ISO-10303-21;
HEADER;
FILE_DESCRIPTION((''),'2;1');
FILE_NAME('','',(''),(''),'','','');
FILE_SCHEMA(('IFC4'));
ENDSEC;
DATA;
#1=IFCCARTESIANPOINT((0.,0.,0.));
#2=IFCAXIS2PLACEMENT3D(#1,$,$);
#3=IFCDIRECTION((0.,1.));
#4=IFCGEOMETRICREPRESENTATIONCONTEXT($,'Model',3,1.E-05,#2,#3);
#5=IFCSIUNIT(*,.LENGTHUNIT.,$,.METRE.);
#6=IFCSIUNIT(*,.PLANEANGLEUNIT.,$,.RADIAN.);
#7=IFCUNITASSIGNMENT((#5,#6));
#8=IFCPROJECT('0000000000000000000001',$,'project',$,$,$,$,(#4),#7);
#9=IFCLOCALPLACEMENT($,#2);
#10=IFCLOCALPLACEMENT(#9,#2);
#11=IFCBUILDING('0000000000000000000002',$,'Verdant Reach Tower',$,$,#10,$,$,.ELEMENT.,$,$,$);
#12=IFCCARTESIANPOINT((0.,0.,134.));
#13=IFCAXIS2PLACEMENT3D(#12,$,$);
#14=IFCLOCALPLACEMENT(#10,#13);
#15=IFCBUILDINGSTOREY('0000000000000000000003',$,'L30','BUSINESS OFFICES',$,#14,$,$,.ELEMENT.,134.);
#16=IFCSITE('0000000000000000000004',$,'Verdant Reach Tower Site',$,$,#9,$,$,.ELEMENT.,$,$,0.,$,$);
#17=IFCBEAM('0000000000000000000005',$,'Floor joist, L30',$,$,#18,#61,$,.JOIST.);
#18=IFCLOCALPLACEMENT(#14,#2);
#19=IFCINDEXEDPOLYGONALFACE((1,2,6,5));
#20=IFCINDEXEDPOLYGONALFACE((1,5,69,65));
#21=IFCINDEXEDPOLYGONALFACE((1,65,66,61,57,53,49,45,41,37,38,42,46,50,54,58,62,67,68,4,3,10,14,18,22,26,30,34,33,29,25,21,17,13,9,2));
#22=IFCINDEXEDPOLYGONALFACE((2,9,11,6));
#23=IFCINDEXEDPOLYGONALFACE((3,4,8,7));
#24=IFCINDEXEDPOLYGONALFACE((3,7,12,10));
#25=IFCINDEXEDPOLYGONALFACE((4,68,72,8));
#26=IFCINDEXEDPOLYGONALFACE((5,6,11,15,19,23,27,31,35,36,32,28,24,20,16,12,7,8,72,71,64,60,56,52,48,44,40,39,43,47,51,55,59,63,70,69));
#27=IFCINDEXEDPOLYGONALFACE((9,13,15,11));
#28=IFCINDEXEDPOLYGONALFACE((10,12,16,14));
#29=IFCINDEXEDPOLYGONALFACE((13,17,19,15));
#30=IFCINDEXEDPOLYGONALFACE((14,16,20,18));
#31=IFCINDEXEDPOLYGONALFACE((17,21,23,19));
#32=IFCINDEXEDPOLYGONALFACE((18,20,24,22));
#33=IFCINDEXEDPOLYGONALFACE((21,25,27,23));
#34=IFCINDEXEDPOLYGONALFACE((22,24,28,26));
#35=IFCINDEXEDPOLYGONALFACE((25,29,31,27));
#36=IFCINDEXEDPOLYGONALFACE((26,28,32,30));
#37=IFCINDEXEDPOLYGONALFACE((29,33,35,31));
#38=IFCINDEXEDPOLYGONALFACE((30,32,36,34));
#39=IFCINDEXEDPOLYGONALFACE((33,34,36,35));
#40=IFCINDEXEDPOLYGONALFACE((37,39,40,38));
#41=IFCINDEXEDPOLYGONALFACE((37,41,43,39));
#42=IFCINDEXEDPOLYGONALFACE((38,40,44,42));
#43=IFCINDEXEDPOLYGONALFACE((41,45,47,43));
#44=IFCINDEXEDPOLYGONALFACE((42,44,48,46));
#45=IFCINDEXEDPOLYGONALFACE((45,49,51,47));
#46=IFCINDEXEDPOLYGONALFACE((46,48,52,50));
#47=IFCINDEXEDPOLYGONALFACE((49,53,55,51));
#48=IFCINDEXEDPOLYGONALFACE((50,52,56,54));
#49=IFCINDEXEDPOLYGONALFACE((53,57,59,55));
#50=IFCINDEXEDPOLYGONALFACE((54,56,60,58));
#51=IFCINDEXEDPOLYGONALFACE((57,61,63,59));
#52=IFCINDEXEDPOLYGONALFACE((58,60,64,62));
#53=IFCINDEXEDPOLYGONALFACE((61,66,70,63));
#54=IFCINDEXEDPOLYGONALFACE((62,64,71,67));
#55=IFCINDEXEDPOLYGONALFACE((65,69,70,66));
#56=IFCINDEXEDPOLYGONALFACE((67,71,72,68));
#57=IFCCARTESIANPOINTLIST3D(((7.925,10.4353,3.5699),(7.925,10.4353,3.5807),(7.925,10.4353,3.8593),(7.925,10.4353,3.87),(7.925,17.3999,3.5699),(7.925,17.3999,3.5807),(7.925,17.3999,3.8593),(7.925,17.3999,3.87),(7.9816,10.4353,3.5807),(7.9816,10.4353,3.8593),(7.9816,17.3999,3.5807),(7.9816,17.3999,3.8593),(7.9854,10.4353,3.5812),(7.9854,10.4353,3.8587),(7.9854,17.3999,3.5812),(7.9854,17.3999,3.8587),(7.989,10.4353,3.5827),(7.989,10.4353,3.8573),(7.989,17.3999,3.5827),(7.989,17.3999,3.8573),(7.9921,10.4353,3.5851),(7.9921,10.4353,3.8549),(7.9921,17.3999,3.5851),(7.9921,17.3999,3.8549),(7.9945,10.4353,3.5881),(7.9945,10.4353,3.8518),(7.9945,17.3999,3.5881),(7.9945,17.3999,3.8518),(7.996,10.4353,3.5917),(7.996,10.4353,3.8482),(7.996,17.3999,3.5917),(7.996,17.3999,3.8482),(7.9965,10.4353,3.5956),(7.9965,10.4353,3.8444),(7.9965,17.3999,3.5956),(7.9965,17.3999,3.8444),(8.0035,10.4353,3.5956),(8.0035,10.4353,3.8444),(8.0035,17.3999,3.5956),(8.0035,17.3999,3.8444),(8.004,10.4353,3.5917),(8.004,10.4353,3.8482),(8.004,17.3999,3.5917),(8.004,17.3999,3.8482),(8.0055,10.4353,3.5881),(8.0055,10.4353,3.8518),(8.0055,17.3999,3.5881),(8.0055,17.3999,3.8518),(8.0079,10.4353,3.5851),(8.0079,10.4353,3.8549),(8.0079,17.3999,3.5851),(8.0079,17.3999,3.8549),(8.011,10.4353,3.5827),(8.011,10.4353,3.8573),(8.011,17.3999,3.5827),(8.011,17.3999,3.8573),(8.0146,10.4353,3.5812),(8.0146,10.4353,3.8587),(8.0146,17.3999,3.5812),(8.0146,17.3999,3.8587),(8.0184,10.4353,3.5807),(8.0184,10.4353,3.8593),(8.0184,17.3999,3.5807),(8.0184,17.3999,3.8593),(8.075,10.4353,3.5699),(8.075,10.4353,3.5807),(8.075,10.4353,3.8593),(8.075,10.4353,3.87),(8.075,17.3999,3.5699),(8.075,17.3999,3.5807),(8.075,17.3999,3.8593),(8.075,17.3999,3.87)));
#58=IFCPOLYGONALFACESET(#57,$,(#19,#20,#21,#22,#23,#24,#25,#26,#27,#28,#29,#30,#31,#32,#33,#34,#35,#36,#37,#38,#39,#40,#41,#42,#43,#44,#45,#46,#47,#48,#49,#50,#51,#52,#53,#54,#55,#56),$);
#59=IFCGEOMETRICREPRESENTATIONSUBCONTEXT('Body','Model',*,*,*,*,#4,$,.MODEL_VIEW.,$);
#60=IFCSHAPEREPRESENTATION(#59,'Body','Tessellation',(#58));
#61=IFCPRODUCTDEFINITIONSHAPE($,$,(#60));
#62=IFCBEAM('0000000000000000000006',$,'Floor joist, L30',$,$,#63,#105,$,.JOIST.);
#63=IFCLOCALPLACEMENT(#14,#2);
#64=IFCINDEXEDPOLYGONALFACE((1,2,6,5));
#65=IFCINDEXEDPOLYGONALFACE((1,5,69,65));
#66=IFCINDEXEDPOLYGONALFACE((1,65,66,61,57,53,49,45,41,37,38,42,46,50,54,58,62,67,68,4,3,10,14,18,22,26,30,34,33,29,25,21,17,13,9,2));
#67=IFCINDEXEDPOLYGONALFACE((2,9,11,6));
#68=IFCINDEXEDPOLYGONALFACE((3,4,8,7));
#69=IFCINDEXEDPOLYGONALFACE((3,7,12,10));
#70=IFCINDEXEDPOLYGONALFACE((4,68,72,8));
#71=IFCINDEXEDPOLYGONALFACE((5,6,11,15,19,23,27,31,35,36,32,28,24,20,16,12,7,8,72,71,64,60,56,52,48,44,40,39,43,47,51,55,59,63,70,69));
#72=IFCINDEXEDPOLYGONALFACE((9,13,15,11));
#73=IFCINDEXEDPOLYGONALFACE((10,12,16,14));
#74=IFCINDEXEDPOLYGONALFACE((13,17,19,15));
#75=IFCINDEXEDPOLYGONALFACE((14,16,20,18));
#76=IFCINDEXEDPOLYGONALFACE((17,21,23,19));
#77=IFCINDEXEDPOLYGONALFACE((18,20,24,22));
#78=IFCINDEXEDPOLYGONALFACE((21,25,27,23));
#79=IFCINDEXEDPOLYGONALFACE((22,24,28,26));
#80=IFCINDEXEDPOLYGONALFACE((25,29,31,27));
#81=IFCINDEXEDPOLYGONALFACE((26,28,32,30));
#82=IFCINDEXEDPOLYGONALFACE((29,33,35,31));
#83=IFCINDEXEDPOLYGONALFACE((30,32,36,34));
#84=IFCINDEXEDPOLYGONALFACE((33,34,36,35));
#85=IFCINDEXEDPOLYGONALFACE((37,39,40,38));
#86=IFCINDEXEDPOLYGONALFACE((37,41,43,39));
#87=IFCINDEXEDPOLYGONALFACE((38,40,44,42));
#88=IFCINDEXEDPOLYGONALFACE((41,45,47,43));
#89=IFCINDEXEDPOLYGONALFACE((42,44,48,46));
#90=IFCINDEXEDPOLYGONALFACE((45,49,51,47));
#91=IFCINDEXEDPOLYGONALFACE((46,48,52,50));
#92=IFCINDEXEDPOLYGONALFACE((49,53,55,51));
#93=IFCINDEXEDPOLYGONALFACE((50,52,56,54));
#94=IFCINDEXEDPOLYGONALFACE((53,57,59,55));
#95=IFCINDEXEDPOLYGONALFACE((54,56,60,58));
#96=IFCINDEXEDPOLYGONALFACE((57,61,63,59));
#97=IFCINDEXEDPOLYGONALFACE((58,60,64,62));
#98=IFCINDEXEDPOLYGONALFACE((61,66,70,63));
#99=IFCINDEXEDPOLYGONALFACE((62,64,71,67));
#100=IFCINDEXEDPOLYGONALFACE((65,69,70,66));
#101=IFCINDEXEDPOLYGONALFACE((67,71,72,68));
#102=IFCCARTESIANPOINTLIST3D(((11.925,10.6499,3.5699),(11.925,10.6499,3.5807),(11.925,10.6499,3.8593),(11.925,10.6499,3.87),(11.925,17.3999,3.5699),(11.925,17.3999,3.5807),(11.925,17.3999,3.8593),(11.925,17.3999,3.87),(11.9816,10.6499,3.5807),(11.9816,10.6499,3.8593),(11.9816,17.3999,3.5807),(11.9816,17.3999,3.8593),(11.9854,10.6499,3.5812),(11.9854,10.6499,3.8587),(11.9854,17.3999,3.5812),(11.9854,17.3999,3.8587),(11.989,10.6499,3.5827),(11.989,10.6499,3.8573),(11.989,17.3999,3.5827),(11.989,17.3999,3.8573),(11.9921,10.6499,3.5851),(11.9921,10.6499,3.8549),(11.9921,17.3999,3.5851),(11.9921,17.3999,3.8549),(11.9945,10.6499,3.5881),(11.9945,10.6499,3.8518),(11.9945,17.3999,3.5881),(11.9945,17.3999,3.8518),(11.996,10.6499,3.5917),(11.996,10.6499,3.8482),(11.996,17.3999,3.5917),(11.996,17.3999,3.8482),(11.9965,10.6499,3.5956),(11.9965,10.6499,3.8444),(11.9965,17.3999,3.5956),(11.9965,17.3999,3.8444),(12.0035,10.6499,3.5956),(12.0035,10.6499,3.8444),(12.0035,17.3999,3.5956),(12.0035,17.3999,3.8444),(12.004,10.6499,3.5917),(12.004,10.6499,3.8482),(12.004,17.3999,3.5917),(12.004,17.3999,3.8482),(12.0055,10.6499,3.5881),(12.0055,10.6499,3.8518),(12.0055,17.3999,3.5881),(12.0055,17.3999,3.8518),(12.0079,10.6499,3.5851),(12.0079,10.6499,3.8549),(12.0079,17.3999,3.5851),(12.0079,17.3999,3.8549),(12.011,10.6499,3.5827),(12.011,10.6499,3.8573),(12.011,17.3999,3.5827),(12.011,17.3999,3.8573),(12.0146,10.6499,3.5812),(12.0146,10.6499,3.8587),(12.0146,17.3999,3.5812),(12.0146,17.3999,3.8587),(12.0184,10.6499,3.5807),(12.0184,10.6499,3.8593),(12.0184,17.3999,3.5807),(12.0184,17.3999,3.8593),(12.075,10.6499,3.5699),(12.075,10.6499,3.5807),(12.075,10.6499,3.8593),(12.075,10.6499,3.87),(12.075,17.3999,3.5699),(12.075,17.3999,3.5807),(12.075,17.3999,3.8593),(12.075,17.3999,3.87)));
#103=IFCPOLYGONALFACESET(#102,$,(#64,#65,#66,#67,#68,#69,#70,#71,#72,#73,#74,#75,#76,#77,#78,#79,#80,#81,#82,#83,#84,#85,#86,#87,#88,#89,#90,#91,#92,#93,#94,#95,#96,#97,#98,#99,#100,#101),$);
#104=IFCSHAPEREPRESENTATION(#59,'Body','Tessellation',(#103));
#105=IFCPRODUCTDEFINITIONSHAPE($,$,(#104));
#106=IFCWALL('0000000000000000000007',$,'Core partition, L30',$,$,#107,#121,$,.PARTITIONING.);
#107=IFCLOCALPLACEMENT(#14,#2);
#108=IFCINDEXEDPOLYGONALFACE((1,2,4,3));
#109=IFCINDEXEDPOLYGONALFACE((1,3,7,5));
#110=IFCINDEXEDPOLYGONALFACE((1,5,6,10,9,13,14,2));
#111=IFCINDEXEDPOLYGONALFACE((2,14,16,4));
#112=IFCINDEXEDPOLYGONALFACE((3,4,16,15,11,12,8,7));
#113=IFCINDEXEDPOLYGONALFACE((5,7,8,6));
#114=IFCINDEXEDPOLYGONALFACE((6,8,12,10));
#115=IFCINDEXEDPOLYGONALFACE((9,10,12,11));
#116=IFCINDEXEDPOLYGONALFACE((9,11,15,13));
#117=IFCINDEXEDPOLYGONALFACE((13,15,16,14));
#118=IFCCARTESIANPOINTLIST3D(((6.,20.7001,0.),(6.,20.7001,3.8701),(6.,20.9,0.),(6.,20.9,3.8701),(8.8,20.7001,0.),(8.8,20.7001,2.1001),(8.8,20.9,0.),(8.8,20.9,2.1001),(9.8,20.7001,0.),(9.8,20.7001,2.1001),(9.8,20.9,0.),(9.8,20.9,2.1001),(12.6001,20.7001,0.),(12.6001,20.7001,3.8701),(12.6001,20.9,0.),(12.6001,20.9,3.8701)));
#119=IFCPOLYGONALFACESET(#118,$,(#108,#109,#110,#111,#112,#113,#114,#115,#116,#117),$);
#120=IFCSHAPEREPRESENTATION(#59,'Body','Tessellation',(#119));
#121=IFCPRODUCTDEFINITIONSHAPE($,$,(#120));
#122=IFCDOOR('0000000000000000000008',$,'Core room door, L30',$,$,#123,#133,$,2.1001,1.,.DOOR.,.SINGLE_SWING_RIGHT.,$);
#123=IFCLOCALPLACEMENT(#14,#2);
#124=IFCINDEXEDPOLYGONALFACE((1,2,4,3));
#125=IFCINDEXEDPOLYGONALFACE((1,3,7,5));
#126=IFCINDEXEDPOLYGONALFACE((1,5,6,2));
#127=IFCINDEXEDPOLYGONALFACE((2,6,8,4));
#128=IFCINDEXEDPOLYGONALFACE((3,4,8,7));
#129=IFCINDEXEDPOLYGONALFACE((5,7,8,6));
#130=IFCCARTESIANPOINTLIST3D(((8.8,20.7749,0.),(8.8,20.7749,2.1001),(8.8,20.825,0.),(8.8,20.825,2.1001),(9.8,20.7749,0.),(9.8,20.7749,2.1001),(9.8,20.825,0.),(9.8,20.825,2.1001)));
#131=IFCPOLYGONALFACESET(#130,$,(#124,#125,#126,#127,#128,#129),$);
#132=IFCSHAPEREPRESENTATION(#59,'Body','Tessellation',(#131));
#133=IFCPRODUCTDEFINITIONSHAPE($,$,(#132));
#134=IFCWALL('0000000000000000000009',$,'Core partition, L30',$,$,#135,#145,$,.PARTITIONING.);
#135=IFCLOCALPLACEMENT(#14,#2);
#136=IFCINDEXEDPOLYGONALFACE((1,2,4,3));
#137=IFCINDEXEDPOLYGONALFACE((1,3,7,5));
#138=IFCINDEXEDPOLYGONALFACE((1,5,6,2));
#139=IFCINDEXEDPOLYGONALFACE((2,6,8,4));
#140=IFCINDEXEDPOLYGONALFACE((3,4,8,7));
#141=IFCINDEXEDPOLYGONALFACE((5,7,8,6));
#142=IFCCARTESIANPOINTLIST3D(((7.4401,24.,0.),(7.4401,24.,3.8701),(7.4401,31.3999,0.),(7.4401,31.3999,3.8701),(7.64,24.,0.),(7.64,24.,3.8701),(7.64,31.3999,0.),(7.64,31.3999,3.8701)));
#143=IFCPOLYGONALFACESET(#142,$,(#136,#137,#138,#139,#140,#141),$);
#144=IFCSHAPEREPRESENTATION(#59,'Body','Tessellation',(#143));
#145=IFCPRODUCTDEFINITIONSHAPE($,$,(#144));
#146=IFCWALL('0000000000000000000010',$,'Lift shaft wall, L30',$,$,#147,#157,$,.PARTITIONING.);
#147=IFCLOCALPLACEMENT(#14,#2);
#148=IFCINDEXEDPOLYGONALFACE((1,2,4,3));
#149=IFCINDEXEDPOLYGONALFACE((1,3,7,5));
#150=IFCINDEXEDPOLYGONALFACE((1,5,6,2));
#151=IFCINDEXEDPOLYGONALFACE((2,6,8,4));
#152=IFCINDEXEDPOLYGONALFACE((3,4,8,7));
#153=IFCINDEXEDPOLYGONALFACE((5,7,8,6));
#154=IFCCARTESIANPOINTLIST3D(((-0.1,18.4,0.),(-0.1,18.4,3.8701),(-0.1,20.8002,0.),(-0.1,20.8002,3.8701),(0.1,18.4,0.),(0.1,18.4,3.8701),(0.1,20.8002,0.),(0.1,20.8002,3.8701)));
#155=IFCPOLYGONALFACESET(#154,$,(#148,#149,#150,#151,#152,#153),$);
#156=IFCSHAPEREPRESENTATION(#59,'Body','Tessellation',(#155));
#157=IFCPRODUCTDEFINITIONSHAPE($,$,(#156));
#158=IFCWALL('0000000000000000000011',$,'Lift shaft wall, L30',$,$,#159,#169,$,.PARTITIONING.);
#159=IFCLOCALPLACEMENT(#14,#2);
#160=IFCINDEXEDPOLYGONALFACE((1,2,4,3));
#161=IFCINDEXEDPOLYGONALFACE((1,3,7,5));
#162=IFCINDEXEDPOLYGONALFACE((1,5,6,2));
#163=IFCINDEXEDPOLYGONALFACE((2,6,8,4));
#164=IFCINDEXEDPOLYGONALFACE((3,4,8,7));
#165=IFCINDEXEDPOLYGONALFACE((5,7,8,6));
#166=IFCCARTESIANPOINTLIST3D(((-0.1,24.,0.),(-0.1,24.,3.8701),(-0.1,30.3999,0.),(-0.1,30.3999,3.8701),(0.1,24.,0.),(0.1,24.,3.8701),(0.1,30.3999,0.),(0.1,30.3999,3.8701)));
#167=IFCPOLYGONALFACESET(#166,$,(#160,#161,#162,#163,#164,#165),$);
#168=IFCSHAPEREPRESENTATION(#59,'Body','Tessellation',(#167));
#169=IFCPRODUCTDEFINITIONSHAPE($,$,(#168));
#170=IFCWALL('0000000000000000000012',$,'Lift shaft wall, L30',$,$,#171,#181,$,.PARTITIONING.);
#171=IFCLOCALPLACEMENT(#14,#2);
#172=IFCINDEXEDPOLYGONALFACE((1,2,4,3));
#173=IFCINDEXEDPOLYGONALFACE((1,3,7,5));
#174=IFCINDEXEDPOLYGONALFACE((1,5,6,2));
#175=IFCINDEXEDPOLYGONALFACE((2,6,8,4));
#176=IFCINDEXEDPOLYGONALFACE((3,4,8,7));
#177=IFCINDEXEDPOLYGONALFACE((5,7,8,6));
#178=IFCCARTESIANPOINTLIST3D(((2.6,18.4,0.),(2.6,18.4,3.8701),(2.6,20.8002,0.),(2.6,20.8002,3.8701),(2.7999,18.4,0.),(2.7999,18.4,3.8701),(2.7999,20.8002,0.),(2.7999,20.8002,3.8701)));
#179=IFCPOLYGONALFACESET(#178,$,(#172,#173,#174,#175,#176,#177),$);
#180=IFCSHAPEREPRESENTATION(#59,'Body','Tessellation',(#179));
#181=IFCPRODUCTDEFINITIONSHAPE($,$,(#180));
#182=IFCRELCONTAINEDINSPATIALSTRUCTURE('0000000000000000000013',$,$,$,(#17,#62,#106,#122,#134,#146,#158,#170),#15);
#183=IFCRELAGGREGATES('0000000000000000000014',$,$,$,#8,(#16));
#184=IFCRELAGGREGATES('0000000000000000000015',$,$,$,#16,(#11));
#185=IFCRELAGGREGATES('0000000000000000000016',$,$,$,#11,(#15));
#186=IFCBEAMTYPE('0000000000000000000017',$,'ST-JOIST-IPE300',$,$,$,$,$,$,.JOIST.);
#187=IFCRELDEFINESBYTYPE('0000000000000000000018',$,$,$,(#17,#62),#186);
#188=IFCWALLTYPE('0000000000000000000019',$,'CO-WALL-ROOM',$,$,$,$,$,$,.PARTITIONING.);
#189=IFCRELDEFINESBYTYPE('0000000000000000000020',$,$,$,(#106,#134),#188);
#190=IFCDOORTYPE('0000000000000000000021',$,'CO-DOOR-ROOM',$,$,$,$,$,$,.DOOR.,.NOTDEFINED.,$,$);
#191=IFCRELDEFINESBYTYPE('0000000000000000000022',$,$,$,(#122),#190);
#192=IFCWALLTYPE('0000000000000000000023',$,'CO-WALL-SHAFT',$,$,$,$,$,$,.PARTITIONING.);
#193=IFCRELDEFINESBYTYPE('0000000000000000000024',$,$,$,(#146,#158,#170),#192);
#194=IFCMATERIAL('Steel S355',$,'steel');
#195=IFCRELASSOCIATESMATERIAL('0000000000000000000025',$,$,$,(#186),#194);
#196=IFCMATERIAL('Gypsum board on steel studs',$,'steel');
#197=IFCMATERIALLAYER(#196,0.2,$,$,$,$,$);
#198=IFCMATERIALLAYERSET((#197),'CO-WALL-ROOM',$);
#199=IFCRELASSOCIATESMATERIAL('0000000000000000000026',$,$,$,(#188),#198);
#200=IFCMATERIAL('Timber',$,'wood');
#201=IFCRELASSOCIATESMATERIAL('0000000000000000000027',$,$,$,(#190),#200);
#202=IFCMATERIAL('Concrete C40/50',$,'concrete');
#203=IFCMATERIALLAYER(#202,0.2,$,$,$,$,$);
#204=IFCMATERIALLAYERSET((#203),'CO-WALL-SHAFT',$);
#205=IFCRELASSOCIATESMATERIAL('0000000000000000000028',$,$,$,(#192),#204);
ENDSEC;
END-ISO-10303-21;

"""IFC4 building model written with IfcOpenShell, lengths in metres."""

from ifc_helpers import new_model, si_unit, direction, frame, frame_2d, origin, origin_2d, place, context, subcontext, project, spatial, rectangle, i_section, extrude, material, layer, layer_set, material_profile, profile_set, type_object, element, fill, save


model = new_model("IFC4")

# Units and contexts
model_context = context("Model", 3, precision=1e-05, world=origin(), true_north=direction((0.0, 1.0)))
body_context = subcontext(model_context, "Body", "Model", "MODEL_VIEW")
ifc_project = project(units=[si_unit("LENGTHUNIT", "METRE"), si_unit("PLANEANGLEUNIT", "RADIAN")], contexts=[model_context])

# Site, building, storey
site_placement = place(None, origin())
site = spatial("IfcSite", under=ifc_project, at=site_placement, Name="Verdant Reach Tower Site", CompositionType="ELEMENT", RefElevation=0.0)
building_placement = place(site_placement, origin())
building = spatial("IfcBuilding", under=site, at=building_placement, Name="Verdant Reach Tower", CompositionType="ELEMENT")
storey_placement = place(building_placement, frame((0.0, 0.0, 134.0)))
storey = spatial("IfcBuildingStorey", under=building, at=storey_placement, Name="L30", Description="BUSINESS OFFICES", CompositionType="ELEMENT", Elevation=134.0)

# Beams
ifc_material_1 = material(Name="Steel S355", Category="steel")
ifc_material_profile = material_profile(ifc_material_1, i_section(OverallWidth=0.1499, OverallDepth=0.3, WebThickness=0.0071, FlangeThickness=0.0107, FilletRadius=0.0149, at=origin_2d()), Name="IPE 300")
ifc_profile_set = profile_set([ifc_material_profile], Name="Steel S355")
beam_type = type_object("IfcBeamType", Name="ST-JOIST-IPE300", PredefinedType="JOIST", material=ifc_profile_set)
beam_1_placement = place(storey_placement, frame((8.0, 17.3999, 3.72), z_axis=(0.0, -1.0, 0.0), x_axis=(1.0, 0.0, 0.0)))
element("IfcBeam", 1, at=beam_1_placement, inside=storey, type_object=beam_type, Name="Floor joist, L30", PredefinedType="JOIST", context=body_context, shape_type="SweptSolid", body=[
    extrude(i_section(OverallWidth=0.1499, OverallDepth=0.3, WebThickness=0.0071, FlangeThickness=0.0107, FilletRadius=0.0149, at=origin_2d()), origin(), (0.0, 0.0, 1.0), 6.9646),
])
beam_2_placement = place(storey_placement, frame((12.0, 17.3999, 3.72), z_axis=(0.0, -1.0, 0.0), x_axis=(1.0, 0.0, 0.0)))
element("IfcBeam", 2, at=beam_2_placement, inside=storey, type_object=beam_type, Name="Floor joist, L30", PredefinedType="JOIST", context=body_context, shape_type="SweptSolid", body=[
    extrude(i_section(OverallWidth=0.1499, OverallDepth=0.3, WebThickness=0.0071, FlangeThickness=0.0107, FilletRadius=0.0149, at=origin_2d()), origin(), (0.0, 0.0, 1.0), 6.75),
])

# Wall, opening, door
ifc_material_2 = material(Name="Gypsum board on steel studs", Category="steel")
ifc_layer_1 = layer(ifc_material_2, 0.2)
ifc_layer_set_1 = layer_set([ifc_layer_1], Name="CO-WALL-ROOM")
wall_type_1 = type_object("IfcWallType", Name="CO-WALL-ROOM", PredefinedType="PARTITIONING", material=ifc_layer_set_1)
wall_1_placement = place(storey_placement, frame((6.0, 20.8, 0.0), z_axis=(0.0, 0.0, 1.0), x_axis=(1.0, 0.0, 0.0)))
wall_1 = element("IfcWall", 3, at=wall_1_placement, inside=storey, type_object=wall_type_1, Name="Core partition, L30", PredefinedType="PARTITIONING", context=body_context, shape_type="SweptSolid", body=[
    extrude(rectangle(XDim=6.6001, YDim=0.2, at=frame_2d((3.3, 0.0))), origin(), (0.0, 0.0, 1.0), 3.8701),
])
opening_1_placement = place(wall_1_placement, frame((2.8, 0.0, 0.0)))
opening_1 = element("IfcOpeningElement", 4, at=opening_1_placement, cuts=wall_1, PredefinedType="OPENING", context=body_context, shape_type="SweptSolid", body=[
    extrude(rectangle(XDim=1.0, YDim=2.1001, at=frame_2d((0.5, 1.05))), frame((0.0, 0.1099, 0.0), z_axis=(0.0, -1.0, 0.0), x_axis=(1.0, 0.0, 0.0)), (0.0, 0.0, 1.0), 0.22),
])
ifc_material_3 = material(Name="Timber", Category="wood")
door_type_1 = type_object("IfcDoorType", Name="CO-DOOR-ROOM", OperationType="NOTDEFINED", PredefinedType="DOOR", material=ifc_material_3)
door_1_placement = place(opening_1_placement, origin())
door_1 = element("IfcDoor", 5, at=door_1_placement, inside=storey, type_object=door_type_1, Name="Core room door, L30", OperationType="SINGLE_SWING_RIGHT", OverallHeight=2.1001, OverallWidth=1.0, PredefinedType="DOOR", context=body_context, shape_type="SweptSolid", body=[
    extrude(rectangle(XDim=1.0, YDim=2.1001, at=frame_2d((0.5, 1.05))), frame((0.0, 0.0249, 0.0), z_axis=(0.0, -1.0, 0.0), x_axis=(1.0, 0.0, 0.0)), (0.0, 0.0, 1.0), 0.05),
])
fill(opening_1, door_1)

# Walls
wall_2_placement = place(storey_placement, frame((7.54, 24.0, 0.0), z_axis=(0.0, 0.0, 1.0), x_axis=(0.0, 1.0, 0.0)))
element("IfcWall", 6, at=wall_2_placement, inside=storey, type_object=wall_type_1, Name="Core partition, L30", PredefinedType="PARTITIONING", context=body_context, shape_type="SweptSolid", body=[
    extrude(rectangle(XDim=7.3999, YDim=0.2, at=frame_2d((3.7, 0.0))), origin(), (0.0, 0.0, 1.0), 3.8701),
])
ifc_material_4 = material(Name="Concrete C40/50", Category="concrete")
ifc_layer_2 = layer(ifc_material_4, 0.2)
ifc_layer_set_2 = layer_set([ifc_layer_2], Name="CO-WALL-SHAFT")
wall_type_2 = type_object("IfcWallType", Name="CO-WALL-SHAFT", PredefinedType="PARTITIONING", material=ifc_layer_set_2)
wall_3_placement = place(storey_placement, frame((0.0, 18.3999, 0.0), z_axis=(0.0, 0.0, 1.0), x_axis=(0.0, 1.0, 0.0)))
element("IfcWall", 7, at=wall_3_placement, inside=storey, type_object=wall_type_2, Name="Lift shaft wall, L30", PredefinedType="PARTITIONING", context=body_context, shape_type="SweptSolid", body=[
    extrude(rectangle(XDim=2.4001, YDim=0.2, at=frame_2d((1.2002, 0.0))), origin(), (0.0, 0.0, 1.0), 3.8701),
])
wall_4_placement = place(storey_placement, frame((0.0, 24.0, 0.0), z_axis=(0.0, 0.0, 1.0), x_axis=(0.0, 1.0, 0.0)))
element("IfcWall", 8, at=wall_4_placement, inside=storey, type_object=wall_type_2, Name="Lift shaft wall, L30", PredefinedType="PARTITIONING", context=body_context, shape_type="SweptSolid", body=[
    extrude(rectangle(XDim=6.3999, YDim=0.2, at=frame_2d((3.2, 0.0))), origin(), (0.0, 0.0, 1.0), 3.8701),
])
wall_5_placement = place(storey_placement, frame((2.7, 18.3999, 0.0), z_axis=(0.0, 0.0, 1.0), x_axis=(0.0, 1.0, 0.0)))
element("IfcWall", 9, at=wall_5_placement, inside=storey, type_object=wall_type_2, Name="Lift shaft wall, L30", PredefinedType="PARTITIONING", context=body_context, shape_type="SweptSolid", body=[
    extrude(rectangle(XDim=2.4001, YDim=0.2, at=frame_2d((1.2002, 0.0))), origin(), (0.0, 0.0, 1.0), 3.8701),
])

save(model, "model.ifc")
